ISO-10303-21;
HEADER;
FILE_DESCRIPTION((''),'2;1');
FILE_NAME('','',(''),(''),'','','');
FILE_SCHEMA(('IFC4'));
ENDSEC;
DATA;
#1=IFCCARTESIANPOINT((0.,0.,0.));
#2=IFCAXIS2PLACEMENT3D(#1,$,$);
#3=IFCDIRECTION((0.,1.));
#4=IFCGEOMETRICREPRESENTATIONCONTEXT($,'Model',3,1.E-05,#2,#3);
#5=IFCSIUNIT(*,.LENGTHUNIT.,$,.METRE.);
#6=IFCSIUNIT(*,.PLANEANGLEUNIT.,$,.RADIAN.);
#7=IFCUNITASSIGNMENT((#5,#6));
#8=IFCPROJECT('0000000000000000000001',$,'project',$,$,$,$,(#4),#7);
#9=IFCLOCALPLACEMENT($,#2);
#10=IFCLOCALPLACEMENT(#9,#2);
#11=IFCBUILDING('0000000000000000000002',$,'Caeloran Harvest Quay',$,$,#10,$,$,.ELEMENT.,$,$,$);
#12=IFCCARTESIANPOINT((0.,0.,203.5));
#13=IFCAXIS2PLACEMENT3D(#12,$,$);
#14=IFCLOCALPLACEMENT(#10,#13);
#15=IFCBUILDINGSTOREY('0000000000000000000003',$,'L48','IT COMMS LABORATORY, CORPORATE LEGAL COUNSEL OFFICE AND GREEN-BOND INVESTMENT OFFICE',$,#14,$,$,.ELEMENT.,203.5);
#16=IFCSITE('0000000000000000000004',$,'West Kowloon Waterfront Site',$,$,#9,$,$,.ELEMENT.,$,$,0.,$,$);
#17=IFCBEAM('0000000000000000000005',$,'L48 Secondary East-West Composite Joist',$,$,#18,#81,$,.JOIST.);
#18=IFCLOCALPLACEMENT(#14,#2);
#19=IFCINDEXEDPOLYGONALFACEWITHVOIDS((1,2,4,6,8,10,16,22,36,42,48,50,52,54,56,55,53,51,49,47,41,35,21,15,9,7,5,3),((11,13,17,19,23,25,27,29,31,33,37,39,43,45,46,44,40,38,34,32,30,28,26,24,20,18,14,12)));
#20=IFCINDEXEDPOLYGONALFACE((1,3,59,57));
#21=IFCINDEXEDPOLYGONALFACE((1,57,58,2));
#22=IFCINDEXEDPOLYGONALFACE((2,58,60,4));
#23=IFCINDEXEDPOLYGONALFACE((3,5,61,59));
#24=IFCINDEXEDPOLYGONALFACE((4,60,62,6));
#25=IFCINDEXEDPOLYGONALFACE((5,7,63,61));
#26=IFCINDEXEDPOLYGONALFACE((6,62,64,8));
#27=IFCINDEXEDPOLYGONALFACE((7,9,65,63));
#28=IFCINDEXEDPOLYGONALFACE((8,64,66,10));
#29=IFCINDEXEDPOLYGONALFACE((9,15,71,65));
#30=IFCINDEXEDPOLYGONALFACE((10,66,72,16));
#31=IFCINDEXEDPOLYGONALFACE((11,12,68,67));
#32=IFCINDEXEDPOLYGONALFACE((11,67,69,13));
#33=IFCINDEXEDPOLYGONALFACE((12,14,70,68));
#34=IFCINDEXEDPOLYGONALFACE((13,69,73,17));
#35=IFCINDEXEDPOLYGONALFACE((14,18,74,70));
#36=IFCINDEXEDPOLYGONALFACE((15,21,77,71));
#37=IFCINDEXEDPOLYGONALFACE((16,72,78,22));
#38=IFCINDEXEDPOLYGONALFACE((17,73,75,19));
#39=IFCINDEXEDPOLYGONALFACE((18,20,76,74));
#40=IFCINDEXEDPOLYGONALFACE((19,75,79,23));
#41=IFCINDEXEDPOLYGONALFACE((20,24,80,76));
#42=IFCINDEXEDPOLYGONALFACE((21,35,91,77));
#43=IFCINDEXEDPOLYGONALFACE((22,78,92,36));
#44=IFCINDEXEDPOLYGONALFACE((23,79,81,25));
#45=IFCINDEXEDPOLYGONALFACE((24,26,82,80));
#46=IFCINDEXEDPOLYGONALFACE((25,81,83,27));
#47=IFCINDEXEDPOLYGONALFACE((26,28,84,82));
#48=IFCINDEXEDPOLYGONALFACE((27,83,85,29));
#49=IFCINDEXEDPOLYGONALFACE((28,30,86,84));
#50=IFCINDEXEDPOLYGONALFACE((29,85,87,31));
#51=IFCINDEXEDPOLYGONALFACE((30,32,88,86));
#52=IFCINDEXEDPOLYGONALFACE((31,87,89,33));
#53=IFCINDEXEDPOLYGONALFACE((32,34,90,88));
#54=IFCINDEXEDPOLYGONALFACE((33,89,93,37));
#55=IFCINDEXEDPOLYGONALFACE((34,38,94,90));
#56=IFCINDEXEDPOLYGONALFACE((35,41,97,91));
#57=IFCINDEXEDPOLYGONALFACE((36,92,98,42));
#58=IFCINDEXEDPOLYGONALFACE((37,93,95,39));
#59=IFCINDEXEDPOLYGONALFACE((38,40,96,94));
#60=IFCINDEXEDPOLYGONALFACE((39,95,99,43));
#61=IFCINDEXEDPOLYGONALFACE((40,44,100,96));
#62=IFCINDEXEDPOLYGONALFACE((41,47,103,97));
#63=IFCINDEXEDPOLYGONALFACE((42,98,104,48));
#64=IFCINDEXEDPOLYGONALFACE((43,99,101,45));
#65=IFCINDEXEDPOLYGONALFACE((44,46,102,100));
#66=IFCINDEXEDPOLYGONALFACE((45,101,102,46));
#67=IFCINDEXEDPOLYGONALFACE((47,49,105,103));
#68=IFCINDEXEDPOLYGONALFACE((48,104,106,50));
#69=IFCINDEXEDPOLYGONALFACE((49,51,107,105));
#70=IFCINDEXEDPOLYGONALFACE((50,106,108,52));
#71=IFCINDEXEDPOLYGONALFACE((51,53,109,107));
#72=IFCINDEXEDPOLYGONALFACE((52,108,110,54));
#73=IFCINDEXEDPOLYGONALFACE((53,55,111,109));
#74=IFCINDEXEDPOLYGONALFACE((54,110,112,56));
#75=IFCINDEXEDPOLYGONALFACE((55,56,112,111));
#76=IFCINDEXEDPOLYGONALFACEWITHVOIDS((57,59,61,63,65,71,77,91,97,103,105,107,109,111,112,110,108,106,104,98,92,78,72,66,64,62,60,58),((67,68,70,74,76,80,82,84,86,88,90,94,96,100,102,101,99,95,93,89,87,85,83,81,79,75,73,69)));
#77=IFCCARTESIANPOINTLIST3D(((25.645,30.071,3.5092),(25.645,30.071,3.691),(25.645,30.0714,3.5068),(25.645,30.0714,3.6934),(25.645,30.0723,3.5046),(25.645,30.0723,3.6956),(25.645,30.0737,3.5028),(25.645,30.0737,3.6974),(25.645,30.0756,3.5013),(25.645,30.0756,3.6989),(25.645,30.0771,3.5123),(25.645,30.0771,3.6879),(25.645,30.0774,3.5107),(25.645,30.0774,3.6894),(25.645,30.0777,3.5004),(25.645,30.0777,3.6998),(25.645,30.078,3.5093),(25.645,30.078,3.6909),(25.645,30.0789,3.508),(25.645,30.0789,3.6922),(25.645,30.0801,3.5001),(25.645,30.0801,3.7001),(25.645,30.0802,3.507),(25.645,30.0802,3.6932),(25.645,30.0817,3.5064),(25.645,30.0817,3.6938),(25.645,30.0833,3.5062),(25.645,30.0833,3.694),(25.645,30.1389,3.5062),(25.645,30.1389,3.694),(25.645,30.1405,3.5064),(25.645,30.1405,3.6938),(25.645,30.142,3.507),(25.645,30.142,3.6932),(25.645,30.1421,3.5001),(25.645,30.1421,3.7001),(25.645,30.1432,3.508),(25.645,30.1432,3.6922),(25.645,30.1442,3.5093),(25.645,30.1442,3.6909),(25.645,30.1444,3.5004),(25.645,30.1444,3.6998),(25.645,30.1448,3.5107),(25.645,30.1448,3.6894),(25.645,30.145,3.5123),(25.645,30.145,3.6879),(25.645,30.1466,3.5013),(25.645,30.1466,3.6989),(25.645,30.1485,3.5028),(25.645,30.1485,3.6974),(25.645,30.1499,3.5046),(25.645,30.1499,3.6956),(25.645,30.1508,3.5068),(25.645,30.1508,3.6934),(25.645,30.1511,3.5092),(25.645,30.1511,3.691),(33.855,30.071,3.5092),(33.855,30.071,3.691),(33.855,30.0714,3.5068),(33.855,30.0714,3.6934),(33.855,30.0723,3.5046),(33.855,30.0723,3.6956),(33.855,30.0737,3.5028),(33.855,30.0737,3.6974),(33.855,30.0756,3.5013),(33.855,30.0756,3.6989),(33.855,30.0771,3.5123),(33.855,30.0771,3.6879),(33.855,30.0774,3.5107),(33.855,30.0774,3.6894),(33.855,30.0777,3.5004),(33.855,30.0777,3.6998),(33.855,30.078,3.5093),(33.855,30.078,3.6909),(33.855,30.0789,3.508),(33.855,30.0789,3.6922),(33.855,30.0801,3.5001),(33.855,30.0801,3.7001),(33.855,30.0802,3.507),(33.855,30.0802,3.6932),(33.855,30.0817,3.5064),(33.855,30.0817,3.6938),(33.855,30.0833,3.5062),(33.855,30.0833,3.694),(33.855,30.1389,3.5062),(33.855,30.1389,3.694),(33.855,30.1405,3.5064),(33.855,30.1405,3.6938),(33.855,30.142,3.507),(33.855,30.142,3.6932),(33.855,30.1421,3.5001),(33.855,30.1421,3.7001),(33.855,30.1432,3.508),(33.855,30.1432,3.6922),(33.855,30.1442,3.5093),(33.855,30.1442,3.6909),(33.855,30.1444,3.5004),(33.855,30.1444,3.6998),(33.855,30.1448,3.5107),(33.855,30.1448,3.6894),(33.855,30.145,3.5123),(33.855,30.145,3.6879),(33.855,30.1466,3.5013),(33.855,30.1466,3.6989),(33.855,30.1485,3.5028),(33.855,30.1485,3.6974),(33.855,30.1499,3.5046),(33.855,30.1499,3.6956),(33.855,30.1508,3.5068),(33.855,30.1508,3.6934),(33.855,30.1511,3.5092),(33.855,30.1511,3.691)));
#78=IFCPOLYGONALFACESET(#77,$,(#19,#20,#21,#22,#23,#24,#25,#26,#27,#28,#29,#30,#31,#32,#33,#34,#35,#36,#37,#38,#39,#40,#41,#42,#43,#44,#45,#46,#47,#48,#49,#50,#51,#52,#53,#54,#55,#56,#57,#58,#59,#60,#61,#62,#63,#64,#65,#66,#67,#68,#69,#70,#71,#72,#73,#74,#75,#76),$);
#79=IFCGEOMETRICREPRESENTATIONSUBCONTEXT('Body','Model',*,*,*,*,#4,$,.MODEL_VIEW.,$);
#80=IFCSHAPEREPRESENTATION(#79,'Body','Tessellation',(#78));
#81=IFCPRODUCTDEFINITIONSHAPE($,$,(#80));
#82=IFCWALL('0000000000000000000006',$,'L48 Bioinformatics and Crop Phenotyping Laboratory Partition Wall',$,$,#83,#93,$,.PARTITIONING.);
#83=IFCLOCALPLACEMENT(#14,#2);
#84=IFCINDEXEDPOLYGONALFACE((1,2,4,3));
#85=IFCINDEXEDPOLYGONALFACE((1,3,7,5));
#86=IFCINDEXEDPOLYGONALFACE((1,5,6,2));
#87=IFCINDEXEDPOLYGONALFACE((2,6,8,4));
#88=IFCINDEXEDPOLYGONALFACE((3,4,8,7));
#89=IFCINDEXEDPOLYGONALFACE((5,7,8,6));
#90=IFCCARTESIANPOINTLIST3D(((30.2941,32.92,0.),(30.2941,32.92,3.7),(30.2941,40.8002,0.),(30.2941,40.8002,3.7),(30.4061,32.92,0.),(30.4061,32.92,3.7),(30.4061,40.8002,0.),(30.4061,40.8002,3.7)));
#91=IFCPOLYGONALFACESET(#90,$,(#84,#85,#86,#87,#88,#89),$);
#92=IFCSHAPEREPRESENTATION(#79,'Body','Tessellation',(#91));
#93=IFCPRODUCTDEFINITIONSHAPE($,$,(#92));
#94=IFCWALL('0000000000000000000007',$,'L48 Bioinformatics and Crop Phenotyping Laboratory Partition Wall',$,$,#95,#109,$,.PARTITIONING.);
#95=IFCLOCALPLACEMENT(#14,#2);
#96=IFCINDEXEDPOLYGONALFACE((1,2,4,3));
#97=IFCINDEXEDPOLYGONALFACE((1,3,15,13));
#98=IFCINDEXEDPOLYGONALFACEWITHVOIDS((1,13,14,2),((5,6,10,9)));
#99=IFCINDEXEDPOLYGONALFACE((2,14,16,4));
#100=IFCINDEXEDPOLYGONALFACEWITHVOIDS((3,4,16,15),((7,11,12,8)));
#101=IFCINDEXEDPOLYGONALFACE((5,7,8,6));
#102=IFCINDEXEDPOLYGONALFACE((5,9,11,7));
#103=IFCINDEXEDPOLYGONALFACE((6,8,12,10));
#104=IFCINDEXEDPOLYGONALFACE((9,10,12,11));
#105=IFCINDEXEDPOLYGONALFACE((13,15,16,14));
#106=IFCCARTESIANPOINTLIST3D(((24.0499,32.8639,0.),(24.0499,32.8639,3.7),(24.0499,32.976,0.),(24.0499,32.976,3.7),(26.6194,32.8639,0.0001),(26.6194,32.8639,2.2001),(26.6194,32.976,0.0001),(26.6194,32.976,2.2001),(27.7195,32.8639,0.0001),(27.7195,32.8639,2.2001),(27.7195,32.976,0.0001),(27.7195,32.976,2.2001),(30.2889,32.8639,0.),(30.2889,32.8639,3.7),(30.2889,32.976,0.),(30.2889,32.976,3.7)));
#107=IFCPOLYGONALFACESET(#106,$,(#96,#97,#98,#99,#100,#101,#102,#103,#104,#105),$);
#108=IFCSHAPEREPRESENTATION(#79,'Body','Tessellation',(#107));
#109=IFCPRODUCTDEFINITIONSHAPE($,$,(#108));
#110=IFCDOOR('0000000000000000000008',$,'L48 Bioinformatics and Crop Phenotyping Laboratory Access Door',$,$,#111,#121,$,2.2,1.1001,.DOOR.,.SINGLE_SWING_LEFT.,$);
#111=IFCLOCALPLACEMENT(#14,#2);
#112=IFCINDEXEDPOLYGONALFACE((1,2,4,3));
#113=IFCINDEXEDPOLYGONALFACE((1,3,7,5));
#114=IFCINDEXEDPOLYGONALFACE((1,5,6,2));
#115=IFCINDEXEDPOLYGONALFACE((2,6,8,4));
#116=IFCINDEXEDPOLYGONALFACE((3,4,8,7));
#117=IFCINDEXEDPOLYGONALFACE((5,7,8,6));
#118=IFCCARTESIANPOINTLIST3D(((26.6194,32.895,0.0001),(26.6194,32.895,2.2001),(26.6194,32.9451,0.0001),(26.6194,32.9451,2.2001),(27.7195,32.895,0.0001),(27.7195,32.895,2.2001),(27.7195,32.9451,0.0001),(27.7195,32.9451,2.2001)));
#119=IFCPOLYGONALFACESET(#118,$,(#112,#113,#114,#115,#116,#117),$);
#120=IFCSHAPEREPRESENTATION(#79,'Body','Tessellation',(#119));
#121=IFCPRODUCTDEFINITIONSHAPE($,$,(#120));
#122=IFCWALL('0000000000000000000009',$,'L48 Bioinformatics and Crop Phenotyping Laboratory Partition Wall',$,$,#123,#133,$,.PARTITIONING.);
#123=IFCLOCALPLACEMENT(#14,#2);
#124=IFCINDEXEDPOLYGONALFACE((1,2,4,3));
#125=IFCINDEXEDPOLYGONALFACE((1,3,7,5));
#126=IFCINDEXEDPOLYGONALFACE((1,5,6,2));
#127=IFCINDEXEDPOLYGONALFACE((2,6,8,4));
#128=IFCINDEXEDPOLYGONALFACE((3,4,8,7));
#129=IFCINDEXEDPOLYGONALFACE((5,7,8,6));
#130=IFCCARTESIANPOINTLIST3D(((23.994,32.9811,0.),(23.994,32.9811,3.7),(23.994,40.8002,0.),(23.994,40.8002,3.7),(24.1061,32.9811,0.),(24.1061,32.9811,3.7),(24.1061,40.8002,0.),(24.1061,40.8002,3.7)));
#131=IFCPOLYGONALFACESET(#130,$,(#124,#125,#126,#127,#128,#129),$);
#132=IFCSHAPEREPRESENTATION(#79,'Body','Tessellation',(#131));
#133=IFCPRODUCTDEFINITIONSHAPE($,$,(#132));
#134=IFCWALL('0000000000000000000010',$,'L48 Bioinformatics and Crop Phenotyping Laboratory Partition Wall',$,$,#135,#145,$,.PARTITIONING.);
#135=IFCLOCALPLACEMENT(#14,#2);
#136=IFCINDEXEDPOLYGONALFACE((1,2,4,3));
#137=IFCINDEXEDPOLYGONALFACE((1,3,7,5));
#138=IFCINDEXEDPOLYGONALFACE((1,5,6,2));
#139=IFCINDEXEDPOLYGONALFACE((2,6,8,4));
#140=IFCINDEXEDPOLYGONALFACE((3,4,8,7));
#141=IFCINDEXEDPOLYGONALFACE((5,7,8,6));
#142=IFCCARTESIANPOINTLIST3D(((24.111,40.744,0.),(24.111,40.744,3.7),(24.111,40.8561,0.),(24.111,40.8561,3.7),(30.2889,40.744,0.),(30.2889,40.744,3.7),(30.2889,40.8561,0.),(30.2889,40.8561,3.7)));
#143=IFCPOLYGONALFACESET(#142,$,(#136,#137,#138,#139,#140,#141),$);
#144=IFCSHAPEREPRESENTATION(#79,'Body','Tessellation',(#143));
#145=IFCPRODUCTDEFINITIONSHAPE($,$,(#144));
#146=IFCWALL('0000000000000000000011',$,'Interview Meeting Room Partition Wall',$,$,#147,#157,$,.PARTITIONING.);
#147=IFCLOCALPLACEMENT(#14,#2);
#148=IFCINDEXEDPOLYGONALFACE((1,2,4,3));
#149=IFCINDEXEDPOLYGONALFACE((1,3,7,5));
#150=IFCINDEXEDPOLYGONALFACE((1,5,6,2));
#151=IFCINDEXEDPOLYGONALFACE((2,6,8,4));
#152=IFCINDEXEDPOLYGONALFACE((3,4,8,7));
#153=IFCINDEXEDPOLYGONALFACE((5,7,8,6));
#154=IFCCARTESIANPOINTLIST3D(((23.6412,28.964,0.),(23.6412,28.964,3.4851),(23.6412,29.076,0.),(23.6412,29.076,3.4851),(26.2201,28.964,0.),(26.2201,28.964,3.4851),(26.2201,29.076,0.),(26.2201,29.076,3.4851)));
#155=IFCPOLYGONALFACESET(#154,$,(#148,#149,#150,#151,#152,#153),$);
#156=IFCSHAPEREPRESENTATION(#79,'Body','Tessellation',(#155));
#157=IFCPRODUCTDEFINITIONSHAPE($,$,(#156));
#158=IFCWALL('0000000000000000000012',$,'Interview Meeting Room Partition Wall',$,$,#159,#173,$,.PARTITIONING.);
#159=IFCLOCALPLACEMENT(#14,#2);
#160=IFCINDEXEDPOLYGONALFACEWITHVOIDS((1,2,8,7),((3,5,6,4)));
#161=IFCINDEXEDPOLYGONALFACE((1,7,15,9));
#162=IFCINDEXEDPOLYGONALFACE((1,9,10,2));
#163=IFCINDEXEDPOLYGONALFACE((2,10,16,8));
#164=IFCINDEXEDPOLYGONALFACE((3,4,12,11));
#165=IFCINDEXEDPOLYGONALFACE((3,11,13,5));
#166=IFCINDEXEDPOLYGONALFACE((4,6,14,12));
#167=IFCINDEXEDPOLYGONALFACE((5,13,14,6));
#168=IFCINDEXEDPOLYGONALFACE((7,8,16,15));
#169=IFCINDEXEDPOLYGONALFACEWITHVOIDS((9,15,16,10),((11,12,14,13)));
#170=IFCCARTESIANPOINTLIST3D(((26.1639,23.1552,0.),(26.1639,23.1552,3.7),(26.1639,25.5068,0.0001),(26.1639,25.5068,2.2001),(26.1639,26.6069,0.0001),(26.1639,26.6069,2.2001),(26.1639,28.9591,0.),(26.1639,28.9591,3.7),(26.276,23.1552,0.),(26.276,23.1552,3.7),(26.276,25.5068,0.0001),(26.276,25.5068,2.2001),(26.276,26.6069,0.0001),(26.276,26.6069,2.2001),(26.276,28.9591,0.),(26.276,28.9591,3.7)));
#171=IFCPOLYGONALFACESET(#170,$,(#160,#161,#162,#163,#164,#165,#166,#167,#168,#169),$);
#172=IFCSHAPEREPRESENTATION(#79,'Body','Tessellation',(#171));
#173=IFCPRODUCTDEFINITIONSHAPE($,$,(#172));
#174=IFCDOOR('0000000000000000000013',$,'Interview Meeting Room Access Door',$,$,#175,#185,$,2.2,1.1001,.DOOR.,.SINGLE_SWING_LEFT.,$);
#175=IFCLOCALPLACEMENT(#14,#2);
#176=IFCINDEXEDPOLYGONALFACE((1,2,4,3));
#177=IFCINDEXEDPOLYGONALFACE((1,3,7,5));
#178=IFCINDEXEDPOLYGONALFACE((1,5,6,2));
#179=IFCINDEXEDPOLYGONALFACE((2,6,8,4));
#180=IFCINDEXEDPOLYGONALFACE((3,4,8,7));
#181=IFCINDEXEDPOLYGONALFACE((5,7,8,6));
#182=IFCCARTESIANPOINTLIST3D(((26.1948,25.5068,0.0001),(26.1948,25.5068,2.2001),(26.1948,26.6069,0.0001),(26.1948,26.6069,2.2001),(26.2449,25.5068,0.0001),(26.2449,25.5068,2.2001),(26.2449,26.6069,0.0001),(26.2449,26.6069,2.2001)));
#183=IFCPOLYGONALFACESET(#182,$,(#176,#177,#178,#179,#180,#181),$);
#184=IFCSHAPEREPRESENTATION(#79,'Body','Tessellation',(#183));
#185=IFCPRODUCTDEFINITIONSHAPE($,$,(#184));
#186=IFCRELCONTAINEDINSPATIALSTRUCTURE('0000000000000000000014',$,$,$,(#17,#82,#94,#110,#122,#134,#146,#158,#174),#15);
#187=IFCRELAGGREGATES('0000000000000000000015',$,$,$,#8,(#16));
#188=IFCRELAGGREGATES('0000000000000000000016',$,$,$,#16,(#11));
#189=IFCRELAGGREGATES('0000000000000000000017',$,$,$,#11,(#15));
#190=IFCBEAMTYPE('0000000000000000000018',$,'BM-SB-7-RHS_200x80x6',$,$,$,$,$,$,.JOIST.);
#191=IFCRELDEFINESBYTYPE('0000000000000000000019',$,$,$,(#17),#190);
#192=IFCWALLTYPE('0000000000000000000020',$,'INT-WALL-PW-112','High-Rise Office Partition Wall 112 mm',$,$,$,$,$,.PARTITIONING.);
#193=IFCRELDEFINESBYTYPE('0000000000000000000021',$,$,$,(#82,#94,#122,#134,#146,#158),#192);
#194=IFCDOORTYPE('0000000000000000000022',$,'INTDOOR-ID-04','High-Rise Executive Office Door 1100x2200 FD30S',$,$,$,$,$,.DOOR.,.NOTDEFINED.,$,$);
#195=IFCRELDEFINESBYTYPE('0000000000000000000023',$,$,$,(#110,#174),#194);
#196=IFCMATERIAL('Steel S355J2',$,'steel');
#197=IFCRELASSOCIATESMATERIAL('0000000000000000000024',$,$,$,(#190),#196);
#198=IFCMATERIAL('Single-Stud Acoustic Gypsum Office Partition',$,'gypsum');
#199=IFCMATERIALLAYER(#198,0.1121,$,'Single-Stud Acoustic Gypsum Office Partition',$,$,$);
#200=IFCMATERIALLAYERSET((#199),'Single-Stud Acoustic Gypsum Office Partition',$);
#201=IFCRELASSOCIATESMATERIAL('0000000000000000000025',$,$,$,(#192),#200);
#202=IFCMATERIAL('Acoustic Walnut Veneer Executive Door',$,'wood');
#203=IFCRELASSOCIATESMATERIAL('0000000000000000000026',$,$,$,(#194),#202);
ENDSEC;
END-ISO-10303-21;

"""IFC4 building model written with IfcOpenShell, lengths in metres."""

from ifc_helpers import new_model, si_unit, direction, frame, frame_2d, origin, origin_2d, place, context, subcontext, project, spatial, rectangle, hollow_rectangle, extrude, material, layer, layer_set, material_profile, profile_set, type_object, element, fill, save


model = new_model("IFC4")

# Units and contexts
model_context = context("Model", 3, precision=1e-05, world=origin(), true_north=direction((0.0, 1.0)))
body_context = subcontext(model_context, "Body", "Model", "MODEL_VIEW")
ifc_project = project(units=[si_unit("LENGTHUNIT", "METRE"), si_unit("PLANEANGLEUNIT", "RADIAN")], contexts=[model_context])

# Site, building, storey
site_placement = place(None, origin())
site = spatial("IfcSite", under=ifc_project, at=site_placement, Name="West Kowloon Waterfront Site", CompositionType="ELEMENT", RefElevation=0.0)
building_placement = place(site_placement, origin())
building = spatial("IfcBuilding", under=site, at=building_placement, Name="Caeloran Harvest Quay", CompositionType="ELEMENT")
storey_placement = place(building_placement, frame((0.0, 0.0, 203.5)))
storey = spatial("IfcBuildingStorey", under=building, at=storey_placement, Name="L48", Description="IT COMMS LABORATORY, CORPORATE LEGAL COUNSEL OFFICE AND GREEN-BOND INVESTMENT OFFICE", CompositionType="ELEMENT", Elevation=203.5)

# Beam
ifc_material_1 = material(Name="Steel S355J2", Category="steel")
ifc_material_profile_1 = material_profile(ifc_material_1, hollow_rectangle(XDim=0.0801, YDim=0.2, WallThickness=0.0061, InnerFilletRadius=0.0061, OuterFilletRadius=0.009, at=origin_2d()), Name="RHS 200x80x6")
ifc_profile_set_1 = profile_set([ifc_material_profile_1], Name="Steel S355J2")
beam_type_1 = type_object("IfcBeamType", Name="BM-SB-7-RHS_200x80x6", PredefinedType="JOIST", material=ifc_profile_set_1)
for number, where, z_axis, x_axis, name in (
    (1, (25.645, 30.1111, 3.6001), (1.0, 0.0, 0.0), (0.0, 1.0, 0.0), "L48 Secondary East-West Composite Joist"),
):
    element("IfcBeam", number, at=place(storey_placement, frame(where, z_axis=z_axis, x_axis=x_axis)), inside=storey, type_object=beam_type_1, Name=name, PredefinedType="JOIST", context=body_context, shape_type="SweptSolid", body=[
        extrude(hollow_rectangle(XDim=0.0801, YDim=0.2, WallThickness=0.0061, InnerFilletRadius=0.0061, OuterFilletRadius=0.009, at=origin_2d()), origin(), (0.0, 0.0, 1.0), 8.21),
    ])

# Wall
ifc_material_2 = material(Name="Single-Stud Acoustic Gypsum Office Partition", Category="gypsum")
ifc_layer = layer(ifc_material_2, 0.1121, Name="Single-Stud Acoustic Gypsum Office Partition")
ifc_layer_set = layer_set([ifc_layer], Name="Single-Stud Acoustic Gypsum Office Partition")
wall_type = type_object("IfcWallType", Name="INT-WALL-PW-112", Description="High-Rise Office Partition Wall 112 mm", PredefinedType="PARTITIONING", material=ifc_layer_set)
wall_1_placement = place(storey_placement, frame((30.3501, 40.8, 0.0), z_axis=(0.0, 0.0, 1.0), x_axis=(0.0, -1.0, 0.0)))
element("IfcWall", 2, at=wall_1_placement, inside=storey, type_object=wall_type, Name="L48 Bioinformatics and Crop Phenotyping Laboratory Partition Wall", PredefinedType="PARTITIONING", context=body_context, shape_type="SweptSolid", body=[
    extrude(rectangle(XDim=7.8801, YDim=0.1121, at=frame_2d((3.9399, 0.0))), origin(), (0.0, 0.0, 1.0), 3.7),
])

# Wall, opening, door
wall_2_placement = place(storey_placement, frame((30.2891, 32.9199, 0.0), z_axis=(0.0, 0.0, 1.0), x_axis=(-1.0, 0.0, 0.0)))
wall_2 = element("IfcWall", 3, at=wall_2_placement, inside=storey, type_object=wall_type, Name="L48 Bioinformatics and Crop Phenotyping Laboratory Partition Wall", PredefinedType="PARTITIONING", context=body_context, shape_type="SweptSolid", body=[
    extrude(rectangle(XDim=6.239, YDim=0.1121, at=frame_2d((3.1196, 0.0))), origin(), (0.0, 0.0, 1.0), 3.7),
])
opening_1_placement = place(wall_2_placement, frame((2.5696, 0.0, 0.0)))
opening_1 = element("IfcOpeningElement", 4, at=opening_1_placement, cuts=wall_2, PredefinedType="OPENING", context=body_context, shape_type="SweptSolid", body=[
    extrude(rectangle(XDim=1.1001, YDim=2.2, at=frame_2d((0.55, 1.1001))), frame((0.0, 0.0659, 0.0), z_axis=(0.0, -1.0, 0.0), x_axis=(1.0, 0.0, 0.0)), (0.0, 0.0, 1.0), 0.1321),
])
ifc_material_3 = material(Name="Acoustic Walnut Veneer Executive Door", Category="wood")
door_type = type_object("IfcDoorType", Name="INTDOOR-ID-04", Description="High-Rise Executive Office Door 1100x2200 FD30S", OperationType="NOTDEFINED", PredefinedType="DOOR", material=ifc_material_3)
door_1_placement = place(opening_1_placement, origin())
door_1 = element("IfcDoor", 5, at=door_1_placement, inside=storey, type_object=door_type, Name="L48 Bioinformatics and Crop Phenotyping Laboratory Access Door", OperationType="SINGLE_SWING_LEFT", OverallHeight=2.2, OverallWidth=1.1001, PredefinedType="DOOR", context=body_context, shape_type="SweptSolid", body=[
    extrude(rectangle(XDim=1.1001, YDim=2.2, at=frame_2d((0.55, 1.1001))), frame((0.0, 0.0249, 0.0), z_axis=(0.0, -1.0, 0.0), x_axis=(1.0, 0.0, 0.0)), (0.0, 0.0, 1.0), 0.05),
])
fill(opening_1, door_1)

# Walls
wall_3_placement = place(storey_placement, frame((24.05, 32.981, 0.0), z_axis=(0.0, 0.0, 1.0), x_axis=(0.0, 1.0, 0.0)))
element("IfcWall", 6, at=wall_3_placement, inside=storey, type_object=wall_type, Name="L48 Bioinformatics and Crop Phenotyping Laboratory Partition Wall", PredefinedType="PARTITIONING", context=body_context, shape_type="SweptSolid", body=[
    extrude(rectangle(XDim=7.8191, YDim=0.1121, at=frame_2d((3.9097, 0.0))), origin(), (0.0, 0.0, 1.0), 3.7),
])
wall_4_placement = place(storey_placement, frame((24.1111, 40.8, 0.0), z_axis=(0.0, 0.0, 1.0), x_axis=(1.0, 0.0, 0.0)))
element("IfcWall", 7, at=wall_4_placement, inside=storey, type_object=wall_type, Name="L48 Bioinformatics and Crop Phenotyping Laboratory Partition Wall", PredefinedType="PARTITIONING", context=body_context, shape_type="SweptSolid", body=[
    extrude(rectangle(XDim=6.178, YDim=0.1121, at=frame_2d((3.0889, 0.0))), origin(), (0.0, 0.0, 1.0), 3.7),
])
wall_5_placement = place(storey_placement, frame((23.6411, 29.02, 0.0), z_axis=(0.0, 0.0, 1.0), x_axis=(1.0, 0.0, 0.0)))
element("IfcWall", 8, at=wall_5_placement, inside=storey, type_object=wall_type, Name="Interview Meeting Room Partition Wall", PredefinedType="PARTITIONING", context=body_context, shape_type="SweptSolid", body=[
    extrude(rectangle(XDim=2.5789, YDim=0.1121, at=frame_2d((1.2896, 0.0))), origin(), (0.0, 0.0, 1.0), 3.4851),
])

# Wall, opening, door
wall_6_placement = place(storey_placement, frame((26.22, 28.959, 0.0), z_axis=(0.0, 0.0, 1.0), x_axis=(0.0, -1.0, 0.0)))
wall_6 = element("IfcWall", 9, at=wall_6_placement, inside=storey, type_object=wall_type, Name="Interview Meeting Room Partition Wall", PredefinedType="PARTITIONING", context=body_context, shape_type="SweptSolid", body=[
    extrude(rectangle(XDim=5.804, YDim=0.1121, at=frame_2d((2.9019, 0.0))), origin(), (0.0, 0.0, 1.0), 3.7),
])
opening_2_placement = place(wall_6_placement, frame((2.3521, 0.0, 0.0)))
opening_2 = element("IfcOpeningElement", 10, at=opening_2_placement, cuts=wall_6, PredefinedType="OPENING", context=body_context, shape_type="SweptSolid", body=[
    extrude(rectangle(XDim=1.1001, YDim=2.2, at=frame_2d((0.55, 1.1001))), frame((0.0, 0.0659, 0.0), z_axis=(0.0, -1.0, 0.0), x_axis=(1.0, 0.0, 0.0)), (0.0, 0.0, 1.0), 0.1321),
])
door_2_placement = place(opening_2_placement, origin())
door_2 = element("IfcDoor", 11, at=door_2_placement, inside=storey, type_object=door_type, Name="Interview Meeting Room Access Door", OperationType="SINGLE_SWING_LEFT", OverallHeight=2.2, OverallWidth=1.1001, PredefinedType="DOOR", context=body_context, shape_type="SweptSolid", body=[
    extrude(rectangle(XDim=1.1001, YDim=2.2, at=frame_2d((0.55, 1.1001))), frame((0.0, 0.0249, 0.0), z_axis=(0.0, -1.0, 0.0), x_axis=(1.0, 0.0, 0.0)), (0.0, 0.0, 1.0), 0.05),
])
fill(opening_2, door_2)

save(model, "model.ifc")
